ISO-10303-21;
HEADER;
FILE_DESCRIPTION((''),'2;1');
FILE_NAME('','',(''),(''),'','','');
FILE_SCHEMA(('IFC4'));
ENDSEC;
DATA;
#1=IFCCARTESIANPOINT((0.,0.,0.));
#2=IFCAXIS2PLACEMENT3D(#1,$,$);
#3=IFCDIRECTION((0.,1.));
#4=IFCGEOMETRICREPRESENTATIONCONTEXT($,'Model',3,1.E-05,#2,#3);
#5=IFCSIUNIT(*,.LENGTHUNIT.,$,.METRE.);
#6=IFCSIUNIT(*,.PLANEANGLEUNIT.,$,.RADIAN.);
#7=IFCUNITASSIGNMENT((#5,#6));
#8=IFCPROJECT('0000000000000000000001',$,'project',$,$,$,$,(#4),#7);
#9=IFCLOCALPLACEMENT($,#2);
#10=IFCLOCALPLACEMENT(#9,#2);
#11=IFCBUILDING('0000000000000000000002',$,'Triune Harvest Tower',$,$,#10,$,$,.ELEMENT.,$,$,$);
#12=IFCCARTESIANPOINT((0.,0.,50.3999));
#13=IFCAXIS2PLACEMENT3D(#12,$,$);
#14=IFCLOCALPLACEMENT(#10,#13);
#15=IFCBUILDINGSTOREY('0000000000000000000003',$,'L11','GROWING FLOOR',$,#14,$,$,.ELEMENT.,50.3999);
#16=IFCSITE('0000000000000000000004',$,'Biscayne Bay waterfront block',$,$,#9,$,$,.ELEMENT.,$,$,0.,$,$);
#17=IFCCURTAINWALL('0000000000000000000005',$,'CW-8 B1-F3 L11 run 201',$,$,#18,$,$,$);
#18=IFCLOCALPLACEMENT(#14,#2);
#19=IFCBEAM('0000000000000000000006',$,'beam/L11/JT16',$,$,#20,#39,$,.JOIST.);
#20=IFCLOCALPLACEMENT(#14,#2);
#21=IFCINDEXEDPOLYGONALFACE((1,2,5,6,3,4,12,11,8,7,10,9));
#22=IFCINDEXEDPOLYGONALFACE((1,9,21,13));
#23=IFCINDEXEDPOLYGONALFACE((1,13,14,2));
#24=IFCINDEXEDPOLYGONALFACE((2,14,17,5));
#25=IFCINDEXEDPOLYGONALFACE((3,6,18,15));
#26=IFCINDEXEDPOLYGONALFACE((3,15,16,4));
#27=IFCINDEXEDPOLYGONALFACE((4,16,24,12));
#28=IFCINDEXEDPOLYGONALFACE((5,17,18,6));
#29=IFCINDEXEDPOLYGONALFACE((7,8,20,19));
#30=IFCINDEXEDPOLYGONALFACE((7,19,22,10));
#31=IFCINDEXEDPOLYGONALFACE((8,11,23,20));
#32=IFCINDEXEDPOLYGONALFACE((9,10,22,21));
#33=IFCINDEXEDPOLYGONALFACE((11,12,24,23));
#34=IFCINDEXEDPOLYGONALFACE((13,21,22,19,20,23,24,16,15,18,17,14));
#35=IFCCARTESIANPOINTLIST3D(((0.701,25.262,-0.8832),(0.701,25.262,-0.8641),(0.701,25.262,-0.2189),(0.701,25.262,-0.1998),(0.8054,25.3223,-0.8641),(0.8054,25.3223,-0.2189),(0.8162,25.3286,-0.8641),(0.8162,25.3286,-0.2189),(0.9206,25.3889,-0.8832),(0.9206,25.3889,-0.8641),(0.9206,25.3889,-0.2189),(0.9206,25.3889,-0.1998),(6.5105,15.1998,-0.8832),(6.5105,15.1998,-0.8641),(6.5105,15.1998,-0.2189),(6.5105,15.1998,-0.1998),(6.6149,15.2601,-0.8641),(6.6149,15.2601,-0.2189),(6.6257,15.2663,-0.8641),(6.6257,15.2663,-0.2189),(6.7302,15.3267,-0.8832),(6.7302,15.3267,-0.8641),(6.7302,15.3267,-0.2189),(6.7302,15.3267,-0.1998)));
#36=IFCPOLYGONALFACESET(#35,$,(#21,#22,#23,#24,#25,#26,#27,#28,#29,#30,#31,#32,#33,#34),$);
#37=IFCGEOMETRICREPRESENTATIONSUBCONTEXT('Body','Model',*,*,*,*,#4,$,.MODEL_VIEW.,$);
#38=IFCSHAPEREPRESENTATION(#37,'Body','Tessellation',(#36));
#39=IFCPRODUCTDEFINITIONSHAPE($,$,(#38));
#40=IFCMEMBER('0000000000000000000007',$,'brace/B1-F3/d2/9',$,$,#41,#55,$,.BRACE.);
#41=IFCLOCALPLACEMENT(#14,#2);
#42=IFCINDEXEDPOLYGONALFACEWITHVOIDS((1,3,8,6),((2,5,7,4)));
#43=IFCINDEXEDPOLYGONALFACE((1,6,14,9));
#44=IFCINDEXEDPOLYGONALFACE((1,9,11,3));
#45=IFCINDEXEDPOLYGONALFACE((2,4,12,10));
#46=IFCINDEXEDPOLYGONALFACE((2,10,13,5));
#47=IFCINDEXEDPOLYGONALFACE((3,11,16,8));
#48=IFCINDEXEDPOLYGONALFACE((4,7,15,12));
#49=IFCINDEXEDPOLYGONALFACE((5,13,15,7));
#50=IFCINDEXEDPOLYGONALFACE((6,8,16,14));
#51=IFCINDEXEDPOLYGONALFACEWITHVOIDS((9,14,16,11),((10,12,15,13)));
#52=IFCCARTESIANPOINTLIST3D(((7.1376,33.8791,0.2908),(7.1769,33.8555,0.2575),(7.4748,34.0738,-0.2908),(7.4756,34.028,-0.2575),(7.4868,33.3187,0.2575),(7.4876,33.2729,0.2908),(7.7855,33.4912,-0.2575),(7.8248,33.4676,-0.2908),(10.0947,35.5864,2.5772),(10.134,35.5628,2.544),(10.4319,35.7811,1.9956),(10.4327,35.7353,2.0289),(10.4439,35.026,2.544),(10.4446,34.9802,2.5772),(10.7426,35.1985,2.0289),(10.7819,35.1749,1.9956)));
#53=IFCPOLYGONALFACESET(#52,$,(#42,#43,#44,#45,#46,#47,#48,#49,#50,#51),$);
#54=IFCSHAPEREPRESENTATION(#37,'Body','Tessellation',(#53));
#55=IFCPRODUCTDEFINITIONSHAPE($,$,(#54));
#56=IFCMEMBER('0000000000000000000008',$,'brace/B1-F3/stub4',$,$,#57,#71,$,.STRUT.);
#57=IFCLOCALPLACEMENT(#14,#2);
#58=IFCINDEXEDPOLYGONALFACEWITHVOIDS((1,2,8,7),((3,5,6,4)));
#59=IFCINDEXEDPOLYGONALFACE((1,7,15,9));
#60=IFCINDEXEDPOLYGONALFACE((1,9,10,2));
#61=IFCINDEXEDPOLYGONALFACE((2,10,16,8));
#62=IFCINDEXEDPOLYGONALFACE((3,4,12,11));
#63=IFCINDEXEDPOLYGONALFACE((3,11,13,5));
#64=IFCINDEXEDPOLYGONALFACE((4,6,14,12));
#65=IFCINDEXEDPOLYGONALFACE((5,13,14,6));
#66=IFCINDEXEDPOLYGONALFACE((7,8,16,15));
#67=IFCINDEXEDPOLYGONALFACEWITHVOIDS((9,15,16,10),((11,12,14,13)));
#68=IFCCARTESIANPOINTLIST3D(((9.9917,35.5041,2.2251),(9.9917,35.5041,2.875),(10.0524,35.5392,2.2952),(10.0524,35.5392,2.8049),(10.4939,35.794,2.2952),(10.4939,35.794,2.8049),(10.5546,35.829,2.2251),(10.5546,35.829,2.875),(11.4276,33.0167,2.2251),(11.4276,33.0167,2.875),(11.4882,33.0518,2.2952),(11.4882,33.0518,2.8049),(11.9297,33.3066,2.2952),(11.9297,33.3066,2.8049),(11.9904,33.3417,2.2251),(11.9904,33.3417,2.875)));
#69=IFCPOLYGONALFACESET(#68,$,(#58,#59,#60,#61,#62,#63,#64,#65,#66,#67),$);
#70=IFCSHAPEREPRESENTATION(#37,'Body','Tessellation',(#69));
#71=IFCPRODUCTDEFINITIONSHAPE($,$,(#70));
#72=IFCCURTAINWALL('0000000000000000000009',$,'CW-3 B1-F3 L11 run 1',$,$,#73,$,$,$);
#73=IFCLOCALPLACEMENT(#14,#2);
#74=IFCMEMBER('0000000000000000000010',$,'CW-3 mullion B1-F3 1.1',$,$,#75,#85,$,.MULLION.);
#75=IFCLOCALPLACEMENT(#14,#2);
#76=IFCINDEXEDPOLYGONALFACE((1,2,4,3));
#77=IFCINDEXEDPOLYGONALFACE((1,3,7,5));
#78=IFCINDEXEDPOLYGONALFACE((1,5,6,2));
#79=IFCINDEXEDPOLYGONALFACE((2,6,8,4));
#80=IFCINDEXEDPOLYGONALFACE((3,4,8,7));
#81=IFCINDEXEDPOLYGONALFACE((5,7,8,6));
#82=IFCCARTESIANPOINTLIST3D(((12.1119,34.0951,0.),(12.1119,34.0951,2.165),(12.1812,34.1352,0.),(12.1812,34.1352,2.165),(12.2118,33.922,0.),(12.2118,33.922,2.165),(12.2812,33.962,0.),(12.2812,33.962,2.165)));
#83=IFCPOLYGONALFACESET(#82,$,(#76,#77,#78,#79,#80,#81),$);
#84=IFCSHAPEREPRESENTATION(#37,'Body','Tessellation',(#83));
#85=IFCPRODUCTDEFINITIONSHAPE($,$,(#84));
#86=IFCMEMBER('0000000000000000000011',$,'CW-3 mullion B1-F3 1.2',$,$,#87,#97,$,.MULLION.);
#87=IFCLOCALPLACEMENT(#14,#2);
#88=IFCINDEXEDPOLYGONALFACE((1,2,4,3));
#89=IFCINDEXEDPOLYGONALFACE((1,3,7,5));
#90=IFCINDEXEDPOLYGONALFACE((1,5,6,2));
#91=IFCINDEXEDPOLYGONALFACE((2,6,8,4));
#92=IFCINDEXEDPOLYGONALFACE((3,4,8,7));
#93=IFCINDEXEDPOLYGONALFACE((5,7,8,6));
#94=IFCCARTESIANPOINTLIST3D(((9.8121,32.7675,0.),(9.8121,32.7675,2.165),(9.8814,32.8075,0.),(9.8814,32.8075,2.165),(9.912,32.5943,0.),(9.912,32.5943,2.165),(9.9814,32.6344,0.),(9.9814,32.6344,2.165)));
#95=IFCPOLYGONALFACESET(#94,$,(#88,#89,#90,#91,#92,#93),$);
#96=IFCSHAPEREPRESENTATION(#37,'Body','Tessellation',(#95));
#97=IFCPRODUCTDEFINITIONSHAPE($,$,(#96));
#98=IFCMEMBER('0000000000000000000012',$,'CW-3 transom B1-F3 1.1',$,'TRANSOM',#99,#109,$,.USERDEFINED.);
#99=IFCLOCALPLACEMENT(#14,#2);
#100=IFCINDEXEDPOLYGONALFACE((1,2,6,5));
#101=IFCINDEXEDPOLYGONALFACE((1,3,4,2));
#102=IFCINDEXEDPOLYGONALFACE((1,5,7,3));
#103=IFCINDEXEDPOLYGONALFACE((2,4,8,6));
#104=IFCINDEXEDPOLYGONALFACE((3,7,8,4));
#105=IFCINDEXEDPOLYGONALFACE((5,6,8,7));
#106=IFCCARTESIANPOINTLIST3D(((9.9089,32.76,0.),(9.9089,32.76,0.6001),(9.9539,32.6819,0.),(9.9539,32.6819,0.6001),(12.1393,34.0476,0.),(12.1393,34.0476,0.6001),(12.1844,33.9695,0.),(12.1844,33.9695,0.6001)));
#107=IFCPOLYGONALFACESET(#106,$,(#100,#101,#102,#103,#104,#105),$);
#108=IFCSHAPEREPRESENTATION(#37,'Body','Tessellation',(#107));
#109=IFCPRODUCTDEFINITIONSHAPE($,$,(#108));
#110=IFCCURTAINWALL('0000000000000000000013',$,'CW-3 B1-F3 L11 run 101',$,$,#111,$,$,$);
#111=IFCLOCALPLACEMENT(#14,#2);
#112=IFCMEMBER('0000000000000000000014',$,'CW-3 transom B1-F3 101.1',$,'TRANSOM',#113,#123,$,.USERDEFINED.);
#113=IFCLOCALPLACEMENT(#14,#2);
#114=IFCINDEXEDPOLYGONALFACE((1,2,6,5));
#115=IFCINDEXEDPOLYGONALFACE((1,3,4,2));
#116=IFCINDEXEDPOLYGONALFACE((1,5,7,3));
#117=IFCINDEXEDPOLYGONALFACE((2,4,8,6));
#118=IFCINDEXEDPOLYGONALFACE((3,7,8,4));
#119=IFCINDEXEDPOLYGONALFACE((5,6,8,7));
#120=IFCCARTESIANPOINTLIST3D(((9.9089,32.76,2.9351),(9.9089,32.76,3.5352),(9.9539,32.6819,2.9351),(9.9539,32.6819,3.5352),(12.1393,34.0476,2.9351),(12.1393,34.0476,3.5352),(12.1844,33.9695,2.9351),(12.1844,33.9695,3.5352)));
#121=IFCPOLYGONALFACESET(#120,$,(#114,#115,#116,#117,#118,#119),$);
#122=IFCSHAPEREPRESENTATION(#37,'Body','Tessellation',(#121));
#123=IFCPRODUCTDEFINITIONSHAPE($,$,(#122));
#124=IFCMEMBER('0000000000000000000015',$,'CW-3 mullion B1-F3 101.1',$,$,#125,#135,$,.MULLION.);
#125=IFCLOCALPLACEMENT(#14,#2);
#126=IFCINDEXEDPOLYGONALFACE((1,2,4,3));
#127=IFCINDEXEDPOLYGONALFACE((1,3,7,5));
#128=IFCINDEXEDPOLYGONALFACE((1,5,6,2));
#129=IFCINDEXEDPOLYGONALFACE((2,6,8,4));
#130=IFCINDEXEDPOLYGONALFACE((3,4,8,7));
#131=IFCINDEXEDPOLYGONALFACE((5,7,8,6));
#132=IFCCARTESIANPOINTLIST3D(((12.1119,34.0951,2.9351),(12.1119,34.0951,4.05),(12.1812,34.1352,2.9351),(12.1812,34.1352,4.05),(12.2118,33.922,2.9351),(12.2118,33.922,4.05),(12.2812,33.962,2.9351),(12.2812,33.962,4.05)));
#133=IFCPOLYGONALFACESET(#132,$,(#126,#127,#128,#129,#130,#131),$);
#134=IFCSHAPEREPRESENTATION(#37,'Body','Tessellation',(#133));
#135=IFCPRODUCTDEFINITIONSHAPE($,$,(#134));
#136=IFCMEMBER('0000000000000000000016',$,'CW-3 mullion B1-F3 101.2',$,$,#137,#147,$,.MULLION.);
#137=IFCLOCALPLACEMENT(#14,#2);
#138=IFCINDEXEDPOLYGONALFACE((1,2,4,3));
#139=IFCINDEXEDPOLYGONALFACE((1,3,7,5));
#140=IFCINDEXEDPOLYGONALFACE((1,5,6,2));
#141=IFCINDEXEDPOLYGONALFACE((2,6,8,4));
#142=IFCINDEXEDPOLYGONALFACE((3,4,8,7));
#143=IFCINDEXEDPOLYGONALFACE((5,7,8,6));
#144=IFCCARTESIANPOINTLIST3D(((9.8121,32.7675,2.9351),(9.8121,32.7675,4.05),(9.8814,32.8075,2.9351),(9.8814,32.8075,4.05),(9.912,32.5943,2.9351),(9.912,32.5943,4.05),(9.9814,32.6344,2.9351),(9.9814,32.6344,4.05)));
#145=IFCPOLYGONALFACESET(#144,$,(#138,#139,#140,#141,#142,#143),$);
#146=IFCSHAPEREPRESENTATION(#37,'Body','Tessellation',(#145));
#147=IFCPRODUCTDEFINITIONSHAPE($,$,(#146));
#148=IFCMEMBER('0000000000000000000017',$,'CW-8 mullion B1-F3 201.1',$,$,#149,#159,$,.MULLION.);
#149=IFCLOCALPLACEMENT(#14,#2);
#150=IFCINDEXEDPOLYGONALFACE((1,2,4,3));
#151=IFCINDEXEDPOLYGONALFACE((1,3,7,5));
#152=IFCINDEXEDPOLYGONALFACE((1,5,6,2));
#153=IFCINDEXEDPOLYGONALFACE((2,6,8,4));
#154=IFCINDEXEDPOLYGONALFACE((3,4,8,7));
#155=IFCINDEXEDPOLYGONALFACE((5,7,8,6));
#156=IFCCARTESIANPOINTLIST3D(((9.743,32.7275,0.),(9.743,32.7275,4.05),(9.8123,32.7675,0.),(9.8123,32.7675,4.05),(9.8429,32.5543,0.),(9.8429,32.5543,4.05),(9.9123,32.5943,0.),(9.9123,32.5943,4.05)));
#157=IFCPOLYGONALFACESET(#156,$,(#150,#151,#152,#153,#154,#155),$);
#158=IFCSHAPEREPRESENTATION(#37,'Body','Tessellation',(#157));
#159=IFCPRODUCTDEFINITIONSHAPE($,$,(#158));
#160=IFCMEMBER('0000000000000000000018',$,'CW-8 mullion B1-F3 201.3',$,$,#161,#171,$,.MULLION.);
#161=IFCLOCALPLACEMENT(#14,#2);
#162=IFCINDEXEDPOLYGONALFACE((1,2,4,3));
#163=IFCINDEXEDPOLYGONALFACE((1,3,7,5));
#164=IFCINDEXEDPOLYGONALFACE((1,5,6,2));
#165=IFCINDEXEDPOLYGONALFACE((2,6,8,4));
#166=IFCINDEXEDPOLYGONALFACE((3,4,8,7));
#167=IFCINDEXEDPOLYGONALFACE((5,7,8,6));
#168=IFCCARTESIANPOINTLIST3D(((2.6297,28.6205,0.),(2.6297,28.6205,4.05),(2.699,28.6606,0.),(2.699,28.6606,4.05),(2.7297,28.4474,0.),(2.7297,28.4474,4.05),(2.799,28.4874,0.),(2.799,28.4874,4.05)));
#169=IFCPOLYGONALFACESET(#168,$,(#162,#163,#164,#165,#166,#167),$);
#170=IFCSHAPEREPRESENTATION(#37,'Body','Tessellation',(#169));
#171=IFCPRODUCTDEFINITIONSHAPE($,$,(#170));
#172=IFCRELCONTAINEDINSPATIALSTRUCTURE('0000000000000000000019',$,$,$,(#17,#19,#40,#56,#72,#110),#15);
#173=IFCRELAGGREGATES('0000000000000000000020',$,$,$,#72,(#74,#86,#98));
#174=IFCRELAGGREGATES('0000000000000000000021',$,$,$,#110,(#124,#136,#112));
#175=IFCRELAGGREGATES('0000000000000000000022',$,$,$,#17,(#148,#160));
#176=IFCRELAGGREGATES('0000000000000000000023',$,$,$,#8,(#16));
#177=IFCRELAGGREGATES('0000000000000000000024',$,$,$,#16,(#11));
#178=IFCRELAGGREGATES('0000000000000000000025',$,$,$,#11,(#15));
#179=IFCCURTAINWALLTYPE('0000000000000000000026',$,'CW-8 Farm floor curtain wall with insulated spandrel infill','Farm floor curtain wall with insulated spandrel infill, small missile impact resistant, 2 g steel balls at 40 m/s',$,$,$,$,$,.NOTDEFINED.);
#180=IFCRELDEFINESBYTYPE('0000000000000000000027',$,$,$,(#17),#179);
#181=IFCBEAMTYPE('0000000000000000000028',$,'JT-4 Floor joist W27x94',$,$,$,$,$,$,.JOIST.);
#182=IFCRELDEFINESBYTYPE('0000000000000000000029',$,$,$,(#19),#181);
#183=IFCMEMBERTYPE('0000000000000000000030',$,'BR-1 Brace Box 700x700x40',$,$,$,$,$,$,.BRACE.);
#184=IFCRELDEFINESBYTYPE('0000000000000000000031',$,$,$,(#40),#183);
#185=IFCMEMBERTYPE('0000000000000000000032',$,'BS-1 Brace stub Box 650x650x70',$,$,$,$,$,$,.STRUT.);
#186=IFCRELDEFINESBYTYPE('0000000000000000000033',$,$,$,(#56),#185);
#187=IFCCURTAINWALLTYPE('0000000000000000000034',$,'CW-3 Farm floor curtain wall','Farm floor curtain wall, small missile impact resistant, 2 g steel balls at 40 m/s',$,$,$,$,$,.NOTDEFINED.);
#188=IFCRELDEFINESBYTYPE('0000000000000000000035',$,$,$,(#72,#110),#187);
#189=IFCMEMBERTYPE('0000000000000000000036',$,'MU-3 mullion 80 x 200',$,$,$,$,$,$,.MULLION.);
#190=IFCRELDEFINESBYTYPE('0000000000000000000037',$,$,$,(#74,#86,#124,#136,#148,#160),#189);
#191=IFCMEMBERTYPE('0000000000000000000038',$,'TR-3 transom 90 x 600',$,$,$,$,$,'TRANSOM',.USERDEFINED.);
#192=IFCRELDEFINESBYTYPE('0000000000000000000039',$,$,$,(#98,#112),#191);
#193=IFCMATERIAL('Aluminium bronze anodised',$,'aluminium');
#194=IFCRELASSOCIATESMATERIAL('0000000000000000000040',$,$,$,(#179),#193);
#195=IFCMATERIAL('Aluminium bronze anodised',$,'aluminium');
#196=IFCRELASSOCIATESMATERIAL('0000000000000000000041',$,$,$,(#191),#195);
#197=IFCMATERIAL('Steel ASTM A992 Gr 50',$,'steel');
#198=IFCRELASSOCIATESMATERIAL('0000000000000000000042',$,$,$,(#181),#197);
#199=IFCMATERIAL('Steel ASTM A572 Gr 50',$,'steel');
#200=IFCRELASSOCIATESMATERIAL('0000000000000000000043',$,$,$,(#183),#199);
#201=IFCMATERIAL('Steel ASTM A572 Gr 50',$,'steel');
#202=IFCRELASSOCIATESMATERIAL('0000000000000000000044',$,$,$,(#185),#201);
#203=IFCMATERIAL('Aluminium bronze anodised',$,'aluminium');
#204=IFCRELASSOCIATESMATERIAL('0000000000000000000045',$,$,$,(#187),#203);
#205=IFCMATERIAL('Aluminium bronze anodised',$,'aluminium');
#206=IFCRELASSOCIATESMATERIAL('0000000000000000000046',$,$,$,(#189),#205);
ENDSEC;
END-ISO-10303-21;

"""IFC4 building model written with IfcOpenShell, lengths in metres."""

from ifc_helpers import new_model, si_unit, direction, frame, origin, origin_2d, place, context, subcontext, project, spatial, rectangle, hollow_rectangle, i_section, extrude, source, transform, mapped, material, material_profile, profile_set, type_object, element, aggregate, save


model = new_model("IFC4")

# Units and contexts
model_context = context("Model", 3, precision=1e-05, world=origin(), true_north=direction((0.0, 1.0)))
body_context = subcontext(model_context, "Body", "Model", "MODEL_VIEW")
ifc_project = project(units=[si_unit("LENGTHUNIT", "METRE"), si_unit("PLANEANGLEUNIT", "RADIAN")], contexts=[model_context])

# Site, building, storey
site_placement = place(None, origin())
site = spatial("IfcSite", under=ifc_project, at=site_placement, Name="Biscayne Bay waterfront block", CompositionType="ELEMENT", RefElevation=0.0)
building_placement = place(site_placement, origin())
building = spatial("IfcBuilding", under=site, at=building_placement, Name="Triune Harvest Tower", CompositionType="ELEMENT")
storey_placement = place(building_placement, frame((0.0, 0.0, 50.3999)))
storey = spatial("IfcBuildingStorey", under=building, at=storey_placement, Name="L11", Description="GROWING FLOOR", CompositionType="ELEMENT", Elevation=50.3999)

# Curtain wall
ifc_material_1 = material(Name="Aluminium bronze anodised", Category="aluminium")
curtain_wall_type_1 = type_object("IfcCurtainWallType", Name="CW-8 Farm floor curtain wall with insulated spandrel infill", Description="Farm floor curtain wall with insulated spandrel infill, small missile impact resistant, 2 g steel balls at 40 m/s", PredefinedType="NOTDEFINED", material=ifc_material_1)
curtain_wall_1_placement = place(storey_placement, origin())
curtain_wall_1 = element("IfcCurtainWall", 1, at=curtain_wall_1_placement, inside=storey, type_object=curtain_wall_type_1, Name="CW-8 B1-F3 L11 run 201")
ifc_material_2 = material(Name="Aluminium bronze anodised", Category="aluminium")
ifc_material_profile_1 = material_profile(ifc_material_2, rectangle(XDim=0.0901, YDim=0.6001, at=origin_2d()), Name="TR-3 transom 90 x 600")
ifc_profile_set_1 = profile_set([ifc_material_profile_1], Name="Aluminium bronze anodised")
member_type_1 = type_object("IfcMemberType", Name="TR-3 transom 90 x 600", ElementType="TRANSOM", PredefinedType="USERDEFINED", material=ifc_profile_set_1)

# Beam
ifc_material_3 = material(Name="Steel ASTM A992 Gr 50", Category="steel")
ifc_material_profile_2 = material_profile(ifc_material_3, i_section(OverallWidth=0.2537, OverallDepth=0.6833, WebThickness=0.0125, FlangeThickness=0.019, at=origin_2d()), Name="W27x94")
ifc_profile_set_2 = profile_set([ifc_material_profile_2], Name="Steel ASTM A992 Gr 50")
beam_type_1 = type_object("IfcBeamType", Name="JT-4 Floor joist W27x94", PredefinedType="JOIST", material=ifc_profile_set_2)
shared_shape_1 = source(origin(), body_context, "Body", "SweptSolid", [
    extrude(i_section(OverallWidth=0.2537, OverallDepth=0.6833, WebThickness=0.0125, FlangeThickness=0.019, at=origin_2d()), origin(), (0.0, 0.0, 1.0), 11.6189),
])
beam_1_placement = place(storey_placement, frame((0.8108, 25.3254, -0.5415), z_axis=(0.500008, -0.866021, 0.0), x_axis=(0.866021, 0.500008, 0.0)))
element("IfcBeam", 2, at=beam_1_placement, inside=storey, type_object=beam_type_1, Name="beam/L11/JT16", PredefinedType="JOIST", context=body_context, shape_type="MappedRepresentation", body=[
    mapped(shared_shape_1, transform((0.0, 0.0, 0.0), scale=1.0)),
])

# Members
ifc_material_4 = material(Name="Steel ASTM A572 Gr 50", Category="steel")
ifc_material_profile_3 = material_profile(ifc_material_4, hollow_rectangle(XDim=0.7, YDim=0.7, WallThickness=0.04, at=origin_2d()), Name="Box 700x700x40")
ifc_profile_set_3 = profile_set([ifc_material_profile_3], Name="Steel ASTM A572 Gr 50")
member_type_2 = type_object("IfcMemberType", Name="BR-1 Brace Box 700x700x40", PredefinedType="BRACE", material=ifc_profile_set_3)
shared_shape_2 = source(origin(), body_context, "Body", "SweptSolid", [
    extrude(hollow_rectangle(XDim=0.7, YDim=0.7, WallThickness=0.04, at=origin_2d()), origin(), (0.0, 0.0, 1.0), 4.1094),
])
member_1_placement = place(storey_placement, frame((7.4812, 33.6733, 0.0), z_axis=(0.719595, 0.415466, 0.556391), x_axis=(-0.500007, 0.866021, 0.0)))
element("IfcMember", 3, at=member_1_placement, inside=storey, type_object=member_type_2, Name="brace/B1-F3/d2/9", PredefinedType="BRACE", context=body_context, shape_type="MappedRepresentation", body=[
    mapped(shared_shape_2, transform((0.0, 0.0, 0.0), scale=1.0)),
])
ifc_material_5 = material(Name="Steel ASTM A572 Gr 50", Category="steel")
ifc_material_profile_4 = material_profile(ifc_material_5, hollow_rectangle(XDim=0.6499, YDim=0.6499, WallThickness=0.0701, at=origin_2d()), Name="Box 650x650x70")
ifc_profile_set_4 = profile_set([ifc_material_profile_4], Name="Steel ASTM A572 Gr 50")
member_type_3 = type_object("IfcMemberType", Name="BS-1 Brace stub Box 650x650x70", PredefinedType="STRUT", material=ifc_profile_set_4)
shared_shape_3 = source(origin(), body_context, "Body", "SweptSolid", [
    extrude(hollow_rectangle(XDim=0.6499, YDim=0.6499, WallThickness=0.0701, at=origin_2d()), origin(), (0.0, 0.0, 1.0), 2.8721),
])
member_2_placement = place(storey_placement, frame((11.709, 33.1792, 2.55), z_axis=(-0.499933, 0.866064, 0.0), x_axis=(-0.866064, -0.499933, 0.0)))
element("IfcMember", 4, at=member_2_placement, inside=storey, type_object=member_type_3, Name="brace/B1-F3/stub4", PredefinedType="STRUT", context=body_context, shape_type="MappedRepresentation", body=[
    mapped(shared_shape_3, transform((0.0, 0.0, 0.0), scale=1.0)),
])

# Curtain walls, members
ifc_material_6 = material(Name="Aluminium bronze anodised", Category="aluminium")
curtain_wall_type_2 = type_object("IfcCurtainWallType", Name="CW-3 Farm floor curtain wall", Description="Farm floor curtain wall, small missile impact resistant, 2 g steel balls at 40 m/s", PredefinedType="NOTDEFINED", material=ifc_material_6)
curtain_wall_2_placement = place(storey_placement, origin())
curtain_wall_2 = element("IfcCurtainWall", 5, at=curtain_wall_2_placement, inside=storey, type_object=curtain_wall_type_2, Name="CW-3 B1-F3 L11 run 1")
ifc_material_7 = material(Name="Aluminium bronze anodised", Category="aluminium")
ifc_material_profile_5 = material_profile(ifc_material_7, rectangle(XDim=0.2, YDim=0.0801, at=origin_2d()), Name="MU-3 mullion 80 x 200")
ifc_profile_set_5 = profile_set([ifc_material_profile_5], Name="Aluminium bronze anodised")
member_type_4 = type_object("IfcMemberType", Name="MU-3 mullion 80 x 200", PredefinedType="MULLION", material=ifc_profile_set_5)
shared_shape_4 = source(origin(), body_context, "Body", "SweptSolid", [
    extrude(rectangle(XDim=0.2, YDim=0.0801, at=origin_2d()), origin(), (0.0, 0.0, 1.0), 2.165),
])
member_3_placement = place(storey_placement, frame((12.1965, 34.0286, 0.0), z_axis=(0.0, 0.0, 1.0), x_axis=(0.499988, -0.866032, 0.0)))
member_3 = element("IfcMember", 6, at=member_3_placement, type_object=member_type_4, Name="CW-3 mullion B1-F3 1.1", PredefinedType="MULLION", context=body_context, shape_type="MappedRepresentation", body=[
    mapped(shared_shape_4, transform((0.0, 0.0, 0.0), scale=1.0)),
])
member_4_placement = place(storey_placement, frame((9.8967, 32.7009, 0.0), z_axis=(0.0, 0.0, 1.0), x_axis=(0.499988, -0.866032, 0.0)))
member_4 = element("IfcMember", 7, at=member_4_placement, type_object=member_type_4, Name="CW-3 mullion B1-F3 1.2", PredefinedType="MULLION", context=body_context, shape_type="MappedRepresentation", body=[
    mapped(shared_shape_4, transform((0.0, 0.0, 0.0), scale=1.0)),
])
shared_shape_5 = source(origin(), body_context, "Body", "SweptSolid", [
    extrude(rectangle(XDim=0.0901, YDim=0.6001, at=origin_2d()), origin(), (0.0, 0.0, 1.0), 2.5754),
])
member_5_placement = place(storey_placement, frame((12.1619, 34.0085, 0.3), z_axis=(-0.866053, -0.499952, 0.0), x_axis=(0.499952, -0.866053, 0.0)))
member_5 = element("IfcMember", 8, at=member_5_placement, type_object=member_type_1, Name="CW-3 transom B1-F3 1.1", ObjectType="TRANSOM", PredefinedType="USERDEFINED", context=body_context, shape_type="MappedRepresentation", body=[
    mapped(shared_shape_5, transform((0.0, 0.0, 0.0), scale=1.0)),
])
curtain_wall_3_placement = place(storey_placement, origin())
curtain_wall_3 = element("IfcCurtainWall", 9, at=curtain_wall_3_placement, inside=storey, type_object=curtain_wall_type_2, Name="CW-3 B1-F3 L11 run 101")
member_6_placement = place(storey_placement, frame((12.1619, 34.0085, 3.2351), z_axis=(-0.866053, -0.499952, 0.0), x_axis=(0.499952, -0.866053, 0.0)))
member_6 = element("IfcMember", 10, at=member_6_placement, type_object=member_type_1, Name="CW-3 transom B1-F3 101.1", ObjectType="TRANSOM", PredefinedType="USERDEFINED", context=body_context, shape_type="MappedRepresentation", body=[
    mapped(shared_shape_5, transform((0.0, 0.0, 0.0), scale=1.0)),
])
shared_shape_6 = source(origin(), body_context, "Body", "SweptSolid", [
    extrude(rectangle(XDim=0.2, YDim=0.0801, at=origin_2d()), origin(), (0.0, 0.0, 1.0), 1.115),
])
member_7_placement = place(storey_placement, frame((12.1965, 34.0286, 2.9351), z_axis=(0.0, 0.0, 1.0), x_axis=(0.499988, -0.866032, 0.0)))
member_7 = element("IfcMember", 11, at=member_7_placement, type_object=member_type_4, Name="CW-3 mullion B1-F3 101.1", PredefinedType="MULLION", context=body_context, shape_type="MappedRepresentation", body=[
    mapped(shared_shape_6, transform((0.0, 0.0, 0.0), scale=1.0)),
])
member_8_placement = place(storey_placement, frame((9.8967, 32.7009, 2.9351), z_axis=(0.0, 0.0, 1.0), x_axis=(0.499988, -0.866032, 0.0)))
member_8 = element("IfcMember", 12, at=member_8_placement, type_object=member_type_4, Name="CW-3 mullion B1-F3 101.2", PredefinedType="MULLION", context=body_context, shape_type="MappedRepresentation", body=[
    mapped(shared_shape_6, transform((0.0, 0.0, 0.0), scale=1.0)),
])

# Members
shared_shape_7 = source(origin(), body_context, "Body", "SweptSolid", [
    extrude(rectangle(XDim=0.2, YDim=0.0801, at=origin_2d()), origin(), (0.0, 0.0, 1.0), 4.05),
])
member_9_placement = place(storey_placement, frame((9.8276, 32.6609, 0.0), z_axis=(0.0, 0.0, 1.0), x_axis=(0.500002, -0.866024, 0.0)))
member_9 = element("IfcMember", 13, at=member_9_placement, type_object=member_type_4, Name="CW-8 mullion B1-F3 201.1", PredefinedType="MULLION", context=body_context, shape_type="MappedRepresentation", body=[
    mapped(shared_shape_7, transform((0.0, 0.0, 0.0), scale=1.0)),
])
member_10_placement = place(storey_placement, frame((2.7144, 28.554, 0.0), z_axis=(0.0, 0.0, 1.0), x_axis=(0.500002, -0.866024, 0.0)))
member_10 = element("IfcMember", 14, at=member_10_placement, type_object=member_type_4, Name="CW-8 mullion B1-F3 201.3", PredefinedType="MULLION", context=body_context, shape_type="MappedRepresentation", body=[
    mapped(shared_shape_7, transform((0.0, 0.0, 0.0), scale=1.0)),
])

aggregate(curtain_wall_2, [member_3, member_4, member_5])
aggregate(curtain_wall_3, [member_7, member_8, member_6])
aggregate(curtain_wall_1, [member_9, member_10])

save(model, "model.ifc")
